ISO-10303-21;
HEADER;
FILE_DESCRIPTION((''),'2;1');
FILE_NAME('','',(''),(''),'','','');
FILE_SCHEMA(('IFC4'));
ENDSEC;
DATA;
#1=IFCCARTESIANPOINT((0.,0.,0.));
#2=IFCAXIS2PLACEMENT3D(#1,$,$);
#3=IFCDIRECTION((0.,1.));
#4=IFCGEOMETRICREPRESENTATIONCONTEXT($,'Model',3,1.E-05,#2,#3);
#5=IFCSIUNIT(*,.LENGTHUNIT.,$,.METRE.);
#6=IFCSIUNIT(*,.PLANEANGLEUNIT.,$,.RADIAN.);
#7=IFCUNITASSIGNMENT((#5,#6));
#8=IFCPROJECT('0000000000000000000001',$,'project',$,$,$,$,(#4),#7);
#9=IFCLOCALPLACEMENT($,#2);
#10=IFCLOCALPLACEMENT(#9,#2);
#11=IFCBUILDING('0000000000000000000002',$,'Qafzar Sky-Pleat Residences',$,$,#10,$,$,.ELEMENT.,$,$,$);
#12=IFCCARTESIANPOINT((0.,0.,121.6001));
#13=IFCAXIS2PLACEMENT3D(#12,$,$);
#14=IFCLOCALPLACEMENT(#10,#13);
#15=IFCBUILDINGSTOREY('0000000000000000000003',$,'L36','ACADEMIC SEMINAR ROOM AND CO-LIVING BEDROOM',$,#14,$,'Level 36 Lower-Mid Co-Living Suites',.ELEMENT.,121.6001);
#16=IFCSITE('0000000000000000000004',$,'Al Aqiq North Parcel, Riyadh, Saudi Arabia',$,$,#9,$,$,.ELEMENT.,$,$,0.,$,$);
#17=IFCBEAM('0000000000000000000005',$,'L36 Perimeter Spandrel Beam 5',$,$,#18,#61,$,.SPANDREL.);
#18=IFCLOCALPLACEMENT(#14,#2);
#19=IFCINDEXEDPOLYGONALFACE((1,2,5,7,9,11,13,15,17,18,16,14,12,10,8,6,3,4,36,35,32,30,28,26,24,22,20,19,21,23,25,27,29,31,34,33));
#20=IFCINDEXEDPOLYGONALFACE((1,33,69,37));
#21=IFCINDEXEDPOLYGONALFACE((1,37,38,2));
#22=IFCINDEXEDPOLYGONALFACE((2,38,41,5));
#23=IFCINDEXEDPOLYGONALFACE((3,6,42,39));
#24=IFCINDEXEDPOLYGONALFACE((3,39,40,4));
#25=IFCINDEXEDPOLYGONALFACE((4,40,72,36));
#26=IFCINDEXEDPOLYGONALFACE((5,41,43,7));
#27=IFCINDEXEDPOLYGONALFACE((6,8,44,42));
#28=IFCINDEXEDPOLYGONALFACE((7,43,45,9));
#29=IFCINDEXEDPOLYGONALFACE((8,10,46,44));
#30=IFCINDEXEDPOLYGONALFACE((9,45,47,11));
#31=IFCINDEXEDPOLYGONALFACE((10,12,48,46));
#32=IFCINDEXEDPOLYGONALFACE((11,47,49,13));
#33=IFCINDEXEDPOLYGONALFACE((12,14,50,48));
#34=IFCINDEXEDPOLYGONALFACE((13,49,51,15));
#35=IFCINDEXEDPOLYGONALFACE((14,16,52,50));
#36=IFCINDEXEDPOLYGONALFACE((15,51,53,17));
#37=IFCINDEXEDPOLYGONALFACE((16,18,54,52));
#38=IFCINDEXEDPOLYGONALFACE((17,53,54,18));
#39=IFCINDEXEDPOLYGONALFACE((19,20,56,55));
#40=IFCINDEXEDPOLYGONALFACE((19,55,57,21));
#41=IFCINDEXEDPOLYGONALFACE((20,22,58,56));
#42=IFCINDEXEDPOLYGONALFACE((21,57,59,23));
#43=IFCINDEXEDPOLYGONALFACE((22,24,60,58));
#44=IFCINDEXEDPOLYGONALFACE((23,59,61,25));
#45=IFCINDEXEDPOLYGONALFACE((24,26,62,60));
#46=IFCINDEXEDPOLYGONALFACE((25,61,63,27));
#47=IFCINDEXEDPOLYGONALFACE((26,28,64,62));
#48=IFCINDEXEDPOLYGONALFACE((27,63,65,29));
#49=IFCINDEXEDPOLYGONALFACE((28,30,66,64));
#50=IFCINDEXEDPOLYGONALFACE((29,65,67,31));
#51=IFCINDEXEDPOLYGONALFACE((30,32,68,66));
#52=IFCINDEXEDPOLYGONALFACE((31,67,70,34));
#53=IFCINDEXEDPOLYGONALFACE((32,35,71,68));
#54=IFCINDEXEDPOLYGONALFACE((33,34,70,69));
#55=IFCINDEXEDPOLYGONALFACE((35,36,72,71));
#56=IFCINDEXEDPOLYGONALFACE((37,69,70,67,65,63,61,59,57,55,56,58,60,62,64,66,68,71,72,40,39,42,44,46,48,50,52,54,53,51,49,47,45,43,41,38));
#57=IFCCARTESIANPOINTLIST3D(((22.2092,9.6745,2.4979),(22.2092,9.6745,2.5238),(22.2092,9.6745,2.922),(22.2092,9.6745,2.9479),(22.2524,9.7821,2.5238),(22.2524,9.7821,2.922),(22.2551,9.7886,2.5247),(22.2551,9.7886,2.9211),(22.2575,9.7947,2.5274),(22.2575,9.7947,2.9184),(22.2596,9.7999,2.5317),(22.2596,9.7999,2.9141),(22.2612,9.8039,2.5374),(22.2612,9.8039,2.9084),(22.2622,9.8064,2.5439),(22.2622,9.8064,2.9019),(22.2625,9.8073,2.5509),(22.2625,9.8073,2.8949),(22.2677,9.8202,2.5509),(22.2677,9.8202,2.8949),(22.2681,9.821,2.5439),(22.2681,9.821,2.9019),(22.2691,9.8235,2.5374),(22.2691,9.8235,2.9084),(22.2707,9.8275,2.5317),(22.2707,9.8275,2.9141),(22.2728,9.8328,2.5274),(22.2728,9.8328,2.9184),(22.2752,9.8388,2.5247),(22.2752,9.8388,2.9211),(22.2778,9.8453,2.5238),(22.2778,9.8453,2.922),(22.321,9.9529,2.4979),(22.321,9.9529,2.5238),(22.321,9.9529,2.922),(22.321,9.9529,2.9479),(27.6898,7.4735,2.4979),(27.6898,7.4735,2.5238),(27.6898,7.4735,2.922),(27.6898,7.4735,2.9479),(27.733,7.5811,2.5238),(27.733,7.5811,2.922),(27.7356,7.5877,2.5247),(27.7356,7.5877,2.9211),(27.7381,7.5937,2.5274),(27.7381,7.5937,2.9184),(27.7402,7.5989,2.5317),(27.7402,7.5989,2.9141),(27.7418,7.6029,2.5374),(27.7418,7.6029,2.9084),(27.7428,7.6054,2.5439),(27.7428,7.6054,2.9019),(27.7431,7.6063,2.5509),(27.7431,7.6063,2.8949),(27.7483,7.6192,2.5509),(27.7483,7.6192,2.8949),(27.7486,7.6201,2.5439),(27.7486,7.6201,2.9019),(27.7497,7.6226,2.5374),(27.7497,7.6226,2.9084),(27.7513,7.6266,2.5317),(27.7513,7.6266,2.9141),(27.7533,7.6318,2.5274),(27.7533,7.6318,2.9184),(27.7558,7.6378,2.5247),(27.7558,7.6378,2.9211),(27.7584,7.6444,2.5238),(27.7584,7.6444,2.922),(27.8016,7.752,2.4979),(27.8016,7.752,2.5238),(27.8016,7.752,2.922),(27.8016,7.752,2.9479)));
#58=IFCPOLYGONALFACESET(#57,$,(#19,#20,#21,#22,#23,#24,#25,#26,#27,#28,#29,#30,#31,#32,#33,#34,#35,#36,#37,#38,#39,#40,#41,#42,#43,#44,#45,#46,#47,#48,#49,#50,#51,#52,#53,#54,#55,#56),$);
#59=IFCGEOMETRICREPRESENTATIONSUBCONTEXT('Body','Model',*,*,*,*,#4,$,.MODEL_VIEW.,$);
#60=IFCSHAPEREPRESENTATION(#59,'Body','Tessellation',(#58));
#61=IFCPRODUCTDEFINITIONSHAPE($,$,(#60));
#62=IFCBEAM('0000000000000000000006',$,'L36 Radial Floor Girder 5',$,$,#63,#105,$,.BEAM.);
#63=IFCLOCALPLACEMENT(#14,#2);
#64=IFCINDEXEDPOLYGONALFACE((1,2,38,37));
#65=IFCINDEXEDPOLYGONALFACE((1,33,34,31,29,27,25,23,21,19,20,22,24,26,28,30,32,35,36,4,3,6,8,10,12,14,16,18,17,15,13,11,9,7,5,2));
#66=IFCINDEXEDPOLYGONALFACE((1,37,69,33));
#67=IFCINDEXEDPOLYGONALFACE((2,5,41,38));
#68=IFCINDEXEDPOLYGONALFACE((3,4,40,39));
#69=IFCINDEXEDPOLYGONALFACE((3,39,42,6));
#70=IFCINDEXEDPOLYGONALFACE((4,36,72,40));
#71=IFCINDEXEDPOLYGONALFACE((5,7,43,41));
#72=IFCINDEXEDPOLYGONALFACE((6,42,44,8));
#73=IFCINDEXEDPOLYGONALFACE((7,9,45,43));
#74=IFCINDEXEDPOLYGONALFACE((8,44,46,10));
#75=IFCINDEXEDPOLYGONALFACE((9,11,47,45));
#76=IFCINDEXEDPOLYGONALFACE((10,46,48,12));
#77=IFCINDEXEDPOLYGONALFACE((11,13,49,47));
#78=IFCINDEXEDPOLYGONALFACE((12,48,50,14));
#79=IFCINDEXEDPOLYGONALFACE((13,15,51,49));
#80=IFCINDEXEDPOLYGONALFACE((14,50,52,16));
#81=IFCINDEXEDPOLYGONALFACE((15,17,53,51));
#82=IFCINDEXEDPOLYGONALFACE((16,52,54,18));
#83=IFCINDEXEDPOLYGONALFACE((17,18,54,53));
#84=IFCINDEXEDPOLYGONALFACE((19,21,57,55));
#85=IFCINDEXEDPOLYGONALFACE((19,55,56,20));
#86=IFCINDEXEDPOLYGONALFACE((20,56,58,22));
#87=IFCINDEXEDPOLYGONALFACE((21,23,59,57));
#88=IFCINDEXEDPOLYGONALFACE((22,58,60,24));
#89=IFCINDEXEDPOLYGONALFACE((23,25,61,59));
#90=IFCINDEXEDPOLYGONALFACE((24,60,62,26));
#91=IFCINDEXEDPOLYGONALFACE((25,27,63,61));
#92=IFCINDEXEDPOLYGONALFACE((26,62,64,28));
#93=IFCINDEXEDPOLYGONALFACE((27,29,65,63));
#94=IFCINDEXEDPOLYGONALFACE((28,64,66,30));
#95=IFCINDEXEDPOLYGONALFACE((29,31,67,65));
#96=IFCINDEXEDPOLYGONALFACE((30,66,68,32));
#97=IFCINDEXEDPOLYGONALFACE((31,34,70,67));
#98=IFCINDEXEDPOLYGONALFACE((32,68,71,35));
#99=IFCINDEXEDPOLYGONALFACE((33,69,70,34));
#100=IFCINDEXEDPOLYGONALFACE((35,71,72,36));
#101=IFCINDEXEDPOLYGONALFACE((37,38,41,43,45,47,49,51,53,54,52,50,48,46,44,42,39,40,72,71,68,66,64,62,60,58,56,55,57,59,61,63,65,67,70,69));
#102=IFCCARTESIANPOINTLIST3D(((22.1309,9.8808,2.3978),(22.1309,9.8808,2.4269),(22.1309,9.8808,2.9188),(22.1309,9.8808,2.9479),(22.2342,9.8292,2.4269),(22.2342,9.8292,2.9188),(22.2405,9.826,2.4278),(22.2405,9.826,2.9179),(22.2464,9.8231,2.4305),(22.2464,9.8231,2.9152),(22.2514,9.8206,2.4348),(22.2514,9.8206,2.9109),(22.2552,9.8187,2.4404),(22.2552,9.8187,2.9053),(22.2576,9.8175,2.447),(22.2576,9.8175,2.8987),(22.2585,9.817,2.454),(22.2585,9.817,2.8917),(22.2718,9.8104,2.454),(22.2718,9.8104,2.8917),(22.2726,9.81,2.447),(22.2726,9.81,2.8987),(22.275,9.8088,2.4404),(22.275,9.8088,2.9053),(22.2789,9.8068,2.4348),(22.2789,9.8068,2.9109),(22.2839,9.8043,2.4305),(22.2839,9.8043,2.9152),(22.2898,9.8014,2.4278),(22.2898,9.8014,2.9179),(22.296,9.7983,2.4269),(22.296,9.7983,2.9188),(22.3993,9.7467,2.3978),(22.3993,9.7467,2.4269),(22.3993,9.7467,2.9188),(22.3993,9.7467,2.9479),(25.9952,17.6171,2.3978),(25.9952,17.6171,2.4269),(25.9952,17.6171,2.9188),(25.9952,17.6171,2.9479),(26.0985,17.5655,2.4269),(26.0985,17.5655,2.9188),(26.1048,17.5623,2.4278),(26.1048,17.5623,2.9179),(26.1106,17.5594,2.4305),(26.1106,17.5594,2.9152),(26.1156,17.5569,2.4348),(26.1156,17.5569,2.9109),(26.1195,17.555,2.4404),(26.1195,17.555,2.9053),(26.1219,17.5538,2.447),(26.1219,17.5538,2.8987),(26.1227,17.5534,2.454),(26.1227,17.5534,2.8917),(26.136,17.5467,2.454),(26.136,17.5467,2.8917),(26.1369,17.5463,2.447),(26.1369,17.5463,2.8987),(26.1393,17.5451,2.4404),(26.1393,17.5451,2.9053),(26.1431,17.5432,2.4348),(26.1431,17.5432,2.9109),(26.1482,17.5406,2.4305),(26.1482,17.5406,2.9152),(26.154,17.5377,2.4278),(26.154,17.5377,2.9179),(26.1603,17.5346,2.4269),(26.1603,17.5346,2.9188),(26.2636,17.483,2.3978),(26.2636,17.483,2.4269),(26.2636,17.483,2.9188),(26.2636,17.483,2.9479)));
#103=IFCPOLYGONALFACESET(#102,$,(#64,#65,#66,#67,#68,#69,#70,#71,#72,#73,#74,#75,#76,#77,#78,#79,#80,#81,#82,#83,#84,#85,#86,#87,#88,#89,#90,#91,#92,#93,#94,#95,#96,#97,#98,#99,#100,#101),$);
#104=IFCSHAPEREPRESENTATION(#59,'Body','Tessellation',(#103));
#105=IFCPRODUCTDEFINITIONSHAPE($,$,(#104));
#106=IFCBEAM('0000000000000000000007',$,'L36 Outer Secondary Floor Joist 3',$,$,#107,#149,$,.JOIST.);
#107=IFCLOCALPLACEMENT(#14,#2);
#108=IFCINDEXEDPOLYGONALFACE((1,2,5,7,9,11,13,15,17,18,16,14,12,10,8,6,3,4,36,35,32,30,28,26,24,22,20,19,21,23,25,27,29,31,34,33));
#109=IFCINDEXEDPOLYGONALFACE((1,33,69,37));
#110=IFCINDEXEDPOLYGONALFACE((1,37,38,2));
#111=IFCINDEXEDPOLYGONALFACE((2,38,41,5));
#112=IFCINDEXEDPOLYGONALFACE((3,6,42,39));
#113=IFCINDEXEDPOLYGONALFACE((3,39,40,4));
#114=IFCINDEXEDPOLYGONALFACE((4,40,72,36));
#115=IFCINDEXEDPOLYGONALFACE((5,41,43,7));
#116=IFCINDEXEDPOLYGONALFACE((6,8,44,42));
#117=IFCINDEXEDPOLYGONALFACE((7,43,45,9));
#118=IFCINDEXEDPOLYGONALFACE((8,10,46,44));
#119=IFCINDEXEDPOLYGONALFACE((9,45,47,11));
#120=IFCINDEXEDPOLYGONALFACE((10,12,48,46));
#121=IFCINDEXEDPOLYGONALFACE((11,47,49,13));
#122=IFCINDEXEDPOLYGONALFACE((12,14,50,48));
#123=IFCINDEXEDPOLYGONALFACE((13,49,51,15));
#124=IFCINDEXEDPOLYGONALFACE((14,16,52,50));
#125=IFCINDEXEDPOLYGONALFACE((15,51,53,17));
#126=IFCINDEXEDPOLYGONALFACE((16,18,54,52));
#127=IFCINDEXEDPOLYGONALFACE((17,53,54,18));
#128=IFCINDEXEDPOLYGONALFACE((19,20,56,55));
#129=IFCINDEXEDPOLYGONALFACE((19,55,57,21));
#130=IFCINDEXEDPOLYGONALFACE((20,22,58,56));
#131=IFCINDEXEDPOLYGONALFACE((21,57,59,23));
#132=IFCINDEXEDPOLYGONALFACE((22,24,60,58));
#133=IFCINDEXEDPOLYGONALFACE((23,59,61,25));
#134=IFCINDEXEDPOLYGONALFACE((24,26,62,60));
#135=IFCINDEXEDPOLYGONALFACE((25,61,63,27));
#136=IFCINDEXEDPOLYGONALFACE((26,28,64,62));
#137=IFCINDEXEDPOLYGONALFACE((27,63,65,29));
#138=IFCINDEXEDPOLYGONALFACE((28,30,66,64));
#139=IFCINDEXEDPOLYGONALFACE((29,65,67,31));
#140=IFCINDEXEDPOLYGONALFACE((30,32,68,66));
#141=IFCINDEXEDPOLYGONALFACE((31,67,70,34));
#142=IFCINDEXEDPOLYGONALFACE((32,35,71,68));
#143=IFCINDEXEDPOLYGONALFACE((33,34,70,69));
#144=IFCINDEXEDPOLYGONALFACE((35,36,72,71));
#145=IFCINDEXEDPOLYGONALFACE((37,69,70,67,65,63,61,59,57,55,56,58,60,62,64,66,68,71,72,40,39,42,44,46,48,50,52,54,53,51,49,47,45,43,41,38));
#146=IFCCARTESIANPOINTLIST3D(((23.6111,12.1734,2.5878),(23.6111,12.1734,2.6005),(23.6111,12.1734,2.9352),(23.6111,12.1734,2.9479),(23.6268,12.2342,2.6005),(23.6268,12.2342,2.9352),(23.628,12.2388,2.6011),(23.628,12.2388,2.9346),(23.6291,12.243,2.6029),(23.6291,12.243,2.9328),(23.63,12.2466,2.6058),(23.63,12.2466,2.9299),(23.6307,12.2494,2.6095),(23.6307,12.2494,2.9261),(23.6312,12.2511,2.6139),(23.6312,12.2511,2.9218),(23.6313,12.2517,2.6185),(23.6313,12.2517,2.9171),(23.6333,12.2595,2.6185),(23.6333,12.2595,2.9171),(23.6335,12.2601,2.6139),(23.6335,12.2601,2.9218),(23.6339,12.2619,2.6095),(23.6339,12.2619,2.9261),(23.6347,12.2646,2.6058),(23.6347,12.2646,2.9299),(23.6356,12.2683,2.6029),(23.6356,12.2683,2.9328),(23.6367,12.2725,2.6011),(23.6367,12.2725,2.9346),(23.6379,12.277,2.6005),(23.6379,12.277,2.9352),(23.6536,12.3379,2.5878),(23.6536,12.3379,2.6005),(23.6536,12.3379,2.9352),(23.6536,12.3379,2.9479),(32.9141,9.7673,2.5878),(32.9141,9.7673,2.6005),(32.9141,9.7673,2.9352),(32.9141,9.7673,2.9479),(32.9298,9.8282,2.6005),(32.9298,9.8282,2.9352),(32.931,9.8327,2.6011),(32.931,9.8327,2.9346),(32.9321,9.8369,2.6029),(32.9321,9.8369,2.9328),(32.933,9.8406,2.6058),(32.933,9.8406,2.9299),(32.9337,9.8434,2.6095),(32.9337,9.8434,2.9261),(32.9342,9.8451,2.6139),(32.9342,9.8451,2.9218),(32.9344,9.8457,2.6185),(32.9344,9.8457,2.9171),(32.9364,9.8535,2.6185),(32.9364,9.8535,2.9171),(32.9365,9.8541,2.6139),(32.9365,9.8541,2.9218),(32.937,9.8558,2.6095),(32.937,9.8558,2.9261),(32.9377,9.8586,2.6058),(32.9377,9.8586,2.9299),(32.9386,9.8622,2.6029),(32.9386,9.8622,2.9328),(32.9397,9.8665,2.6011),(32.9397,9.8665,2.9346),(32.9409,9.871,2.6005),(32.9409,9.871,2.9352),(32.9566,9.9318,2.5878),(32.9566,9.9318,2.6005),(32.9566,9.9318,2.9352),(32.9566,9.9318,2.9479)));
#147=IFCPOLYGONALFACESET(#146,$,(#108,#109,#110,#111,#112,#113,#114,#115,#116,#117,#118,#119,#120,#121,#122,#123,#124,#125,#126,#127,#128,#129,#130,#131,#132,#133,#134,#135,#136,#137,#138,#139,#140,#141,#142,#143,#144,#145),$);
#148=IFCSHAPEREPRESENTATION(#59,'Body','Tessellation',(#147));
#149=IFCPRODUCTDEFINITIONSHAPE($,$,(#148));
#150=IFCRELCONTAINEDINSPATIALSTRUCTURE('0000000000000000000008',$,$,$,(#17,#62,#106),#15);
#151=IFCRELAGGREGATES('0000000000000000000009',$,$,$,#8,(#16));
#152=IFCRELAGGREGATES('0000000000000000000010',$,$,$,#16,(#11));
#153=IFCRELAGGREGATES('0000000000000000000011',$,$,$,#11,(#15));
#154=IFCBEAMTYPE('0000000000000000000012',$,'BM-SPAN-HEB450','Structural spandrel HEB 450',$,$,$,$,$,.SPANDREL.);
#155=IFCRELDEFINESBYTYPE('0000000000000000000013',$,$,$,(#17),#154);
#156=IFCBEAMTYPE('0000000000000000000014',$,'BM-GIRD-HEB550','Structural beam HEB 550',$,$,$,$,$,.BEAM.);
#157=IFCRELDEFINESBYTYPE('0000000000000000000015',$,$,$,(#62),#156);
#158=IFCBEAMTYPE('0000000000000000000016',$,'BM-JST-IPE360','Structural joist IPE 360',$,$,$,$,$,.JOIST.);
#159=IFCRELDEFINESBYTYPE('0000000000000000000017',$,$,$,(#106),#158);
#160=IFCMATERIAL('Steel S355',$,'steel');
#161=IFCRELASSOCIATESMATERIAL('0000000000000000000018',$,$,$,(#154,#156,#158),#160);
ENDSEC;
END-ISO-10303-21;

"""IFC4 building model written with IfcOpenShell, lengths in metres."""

from ifc_helpers import new_model, si_unit, direction, frame, origin, origin_2d, place, context, subcontext, project, spatial, i_section, extrude, source, transform, mapped, material, material_profile, profile_set, type_object, element, save


model = new_model("IFC4")

# Units and contexts
model_context = context("Model", 3, precision=1e-05, world=origin(), true_north=direction((0.0, 1.0)))
body_context = subcontext(model_context, "Body", "Model", "MODEL_VIEW")
ifc_project = project(units=[si_unit("LENGTHUNIT", "METRE"), si_unit("PLANEANGLEUNIT", "RADIAN")], contexts=[model_context])

# Site, building, storey
site_placement = place(None, origin())
site = spatial("IfcSite", under=ifc_project, at=site_placement, Name="Al Aqiq North Parcel, Riyadh, Saudi Arabia", CompositionType="ELEMENT", RefElevation=0.0)
building_placement = place(site_placement, origin())
building = spatial("IfcBuilding", under=site, at=building_placement, Name="Qafzar Sky-Pleat Residences", CompositionType="ELEMENT")
storey_placement = place(building_placement, frame((0.0, 0.0, 121.6001)))
storey = spatial("IfcBuildingStorey", under=building, at=storey_placement, Name="L36", Description="ACADEMIC SEMINAR ROOM AND CO-LIVING BEDROOM", LongName="Level 36 Lower-Mid Co-Living Suites", CompositionType="ELEMENT", Elevation=121.6001)

# Beams
ifc_material_1 = material(Name="Steel S355", Category="steel")
ifc_material_profile_1 = material_profile(ifc_material_1, i_section(OverallWidth=0.3, OverallDepth=0.45, WebThickness=0.0139, FlangeThickness=0.0259, FilletRadius=0.0271, at=origin_2d()), Name="HEB 450")
ifc_profile_set_1 = profile_set([ifc_material_profile_1], Name="Steel S355")
beam_type_1 = type_object("IfcBeamType", Name="BM-SPAN-HEB450", Description="Structural spandrel HEB 450", PredefinedType="SPANDREL", material=ifc_profile_set_1)
shared_shape_1 = source(origin(), body_context, "Body", "SweptSolid", [
    extrude(i_section(OverallWidth=0.3, OverallDepth=0.45, WebThickness=0.0139, FlangeThickness=0.0259, FilletRadius=0.0271, at=origin_2d()), origin(), (0.0, 0.0, 1.0), 5.906),
])
beam_1_placement = place(storey_placement, frame((22.2651, 9.8137, 2.7229), z_axis=(0.927965, -0.372666, 0.0), x_axis=(0.372666, 0.927965, 0.0)))
element("IfcBeam", 1, at=beam_1_placement, inside=storey, type_object=beam_type_1, Name="L36 Perimeter Spandrel Beam 5", PredefinedType="SPANDREL", context=body_context, shape_type="MappedRepresentation", body=[
    mapped(shared_shape_1, transform((0.0, 0.0, 0.0), x_axis=(1.0, 0.0, 0.0), y_axis=(0.0, 1.0, 0.0), z_axis=(0.0, 0.0, 1.0), scale=1.0)),
])
ifc_material_profile_2 = material_profile(ifc_material_1, i_section(OverallWidth=0.3, OverallDepth=0.55, WebThickness=0.0149, FlangeThickness=0.0291, FilletRadius=0.0271, at=origin_2d()), Name="HEB 550")
ifc_profile_set_2 = profile_set([ifc_material_profile_2], Name="Steel S355")
beam_type_2 = type_object("IfcBeamType", Name="BM-GIRD-HEB550", Description="Structural beam HEB 550", PredefinedType="BEAM", material=ifc_profile_set_2)
shared_shape_2 = source(origin(), body_context, "Body", "SweptSolid", [
    extrude(i_section(OverallWidth=0.3, OverallDepth=0.55, WebThickness=0.0149, FlangeThickness=0.0291, FilletRadius=0.0271, at=origin_2d()), origin(), (0.0, 0.0, 1.0), 8.6477),
])
beam_2_placement = place(storey_placement, frame((22.2651, 9.8137, 2.6729), z_axis=(0.446852, 0.894608, 0.0), x_axis=(-0.894608, 0.446852, 0.0)))
element("IfcBeam", 2, at=beam_2_placement, inside=storey, type_object=beam_type_2, Name="L36 Radial Floor Girder 5", PredefinedType="BEAM", context=body_context, shape_type="MappedRepresentation", body=[
    mapped(shared_shape_2, transform((0.0, 0.0, 0.0), x_axis=(1.0, 0.0, 0.0), y_axis=(0.0, 1.0, 0.0), z_axis=(0.0, 0.0, 1.0), scale=1.0)),
])
ifc_material_profile_3 = material_profile(ifc_material_1, i_section(OverallWidth=0.1699, OverallDepth=0.3601, WebThickness=0.0081, FlangeThickness=0.0127, FilletRadius=0.0181, at=origin_2d()), Name="IPE 360")
ifc_profile_set_3 = profile_set([ifc_material_profile_3], Name="Steel S355")
beam_type_3 = type_object("IfcBeamType", Name="BM-JST-IPE360", Description="Structural joist IPE 360", PredefinedType="JOIST", material=ifc_profile_set_3)
shared_shape_3 = source(origin(), body_context, "Body", "SweptSolid", [
    extrude(i_section(OverallWidth=0.1699, OverallDepth=0.3601, WebThickness=0.0081, FlangeThickness=0.0127, FilletRadius=0.0181, at=origin_2d()), origin(), (0.0, 0.0, 1.0), 9.6091),
])
beam_3_placement = place(storey_placement, frame((23.6323, 12.2556, 2.7678), z_axis=(0.968145, -0.250389, 0.0), x_axis=(0.250389, 0.968145, 0.0)))
element("IfcBeam", 3, at=beam_3_placement, inside=storey, type_object=beam_type_3, Name="L36 Outer Secondary Floor Joist 3", PredefinedType="JOIST", context=body_context, shape_type="MappedRepresentation", body=[
    mapped(shared_shape_3, transform((0.0, 0.0, 0.0), x_axis=(1.0, 0.0, 0.0), y_axis=(0.0, 1.0, 0.0), z_axis=(0.0, 0.0, 1.0), scale=1.0)),
])

save(model, "model.ifc")
